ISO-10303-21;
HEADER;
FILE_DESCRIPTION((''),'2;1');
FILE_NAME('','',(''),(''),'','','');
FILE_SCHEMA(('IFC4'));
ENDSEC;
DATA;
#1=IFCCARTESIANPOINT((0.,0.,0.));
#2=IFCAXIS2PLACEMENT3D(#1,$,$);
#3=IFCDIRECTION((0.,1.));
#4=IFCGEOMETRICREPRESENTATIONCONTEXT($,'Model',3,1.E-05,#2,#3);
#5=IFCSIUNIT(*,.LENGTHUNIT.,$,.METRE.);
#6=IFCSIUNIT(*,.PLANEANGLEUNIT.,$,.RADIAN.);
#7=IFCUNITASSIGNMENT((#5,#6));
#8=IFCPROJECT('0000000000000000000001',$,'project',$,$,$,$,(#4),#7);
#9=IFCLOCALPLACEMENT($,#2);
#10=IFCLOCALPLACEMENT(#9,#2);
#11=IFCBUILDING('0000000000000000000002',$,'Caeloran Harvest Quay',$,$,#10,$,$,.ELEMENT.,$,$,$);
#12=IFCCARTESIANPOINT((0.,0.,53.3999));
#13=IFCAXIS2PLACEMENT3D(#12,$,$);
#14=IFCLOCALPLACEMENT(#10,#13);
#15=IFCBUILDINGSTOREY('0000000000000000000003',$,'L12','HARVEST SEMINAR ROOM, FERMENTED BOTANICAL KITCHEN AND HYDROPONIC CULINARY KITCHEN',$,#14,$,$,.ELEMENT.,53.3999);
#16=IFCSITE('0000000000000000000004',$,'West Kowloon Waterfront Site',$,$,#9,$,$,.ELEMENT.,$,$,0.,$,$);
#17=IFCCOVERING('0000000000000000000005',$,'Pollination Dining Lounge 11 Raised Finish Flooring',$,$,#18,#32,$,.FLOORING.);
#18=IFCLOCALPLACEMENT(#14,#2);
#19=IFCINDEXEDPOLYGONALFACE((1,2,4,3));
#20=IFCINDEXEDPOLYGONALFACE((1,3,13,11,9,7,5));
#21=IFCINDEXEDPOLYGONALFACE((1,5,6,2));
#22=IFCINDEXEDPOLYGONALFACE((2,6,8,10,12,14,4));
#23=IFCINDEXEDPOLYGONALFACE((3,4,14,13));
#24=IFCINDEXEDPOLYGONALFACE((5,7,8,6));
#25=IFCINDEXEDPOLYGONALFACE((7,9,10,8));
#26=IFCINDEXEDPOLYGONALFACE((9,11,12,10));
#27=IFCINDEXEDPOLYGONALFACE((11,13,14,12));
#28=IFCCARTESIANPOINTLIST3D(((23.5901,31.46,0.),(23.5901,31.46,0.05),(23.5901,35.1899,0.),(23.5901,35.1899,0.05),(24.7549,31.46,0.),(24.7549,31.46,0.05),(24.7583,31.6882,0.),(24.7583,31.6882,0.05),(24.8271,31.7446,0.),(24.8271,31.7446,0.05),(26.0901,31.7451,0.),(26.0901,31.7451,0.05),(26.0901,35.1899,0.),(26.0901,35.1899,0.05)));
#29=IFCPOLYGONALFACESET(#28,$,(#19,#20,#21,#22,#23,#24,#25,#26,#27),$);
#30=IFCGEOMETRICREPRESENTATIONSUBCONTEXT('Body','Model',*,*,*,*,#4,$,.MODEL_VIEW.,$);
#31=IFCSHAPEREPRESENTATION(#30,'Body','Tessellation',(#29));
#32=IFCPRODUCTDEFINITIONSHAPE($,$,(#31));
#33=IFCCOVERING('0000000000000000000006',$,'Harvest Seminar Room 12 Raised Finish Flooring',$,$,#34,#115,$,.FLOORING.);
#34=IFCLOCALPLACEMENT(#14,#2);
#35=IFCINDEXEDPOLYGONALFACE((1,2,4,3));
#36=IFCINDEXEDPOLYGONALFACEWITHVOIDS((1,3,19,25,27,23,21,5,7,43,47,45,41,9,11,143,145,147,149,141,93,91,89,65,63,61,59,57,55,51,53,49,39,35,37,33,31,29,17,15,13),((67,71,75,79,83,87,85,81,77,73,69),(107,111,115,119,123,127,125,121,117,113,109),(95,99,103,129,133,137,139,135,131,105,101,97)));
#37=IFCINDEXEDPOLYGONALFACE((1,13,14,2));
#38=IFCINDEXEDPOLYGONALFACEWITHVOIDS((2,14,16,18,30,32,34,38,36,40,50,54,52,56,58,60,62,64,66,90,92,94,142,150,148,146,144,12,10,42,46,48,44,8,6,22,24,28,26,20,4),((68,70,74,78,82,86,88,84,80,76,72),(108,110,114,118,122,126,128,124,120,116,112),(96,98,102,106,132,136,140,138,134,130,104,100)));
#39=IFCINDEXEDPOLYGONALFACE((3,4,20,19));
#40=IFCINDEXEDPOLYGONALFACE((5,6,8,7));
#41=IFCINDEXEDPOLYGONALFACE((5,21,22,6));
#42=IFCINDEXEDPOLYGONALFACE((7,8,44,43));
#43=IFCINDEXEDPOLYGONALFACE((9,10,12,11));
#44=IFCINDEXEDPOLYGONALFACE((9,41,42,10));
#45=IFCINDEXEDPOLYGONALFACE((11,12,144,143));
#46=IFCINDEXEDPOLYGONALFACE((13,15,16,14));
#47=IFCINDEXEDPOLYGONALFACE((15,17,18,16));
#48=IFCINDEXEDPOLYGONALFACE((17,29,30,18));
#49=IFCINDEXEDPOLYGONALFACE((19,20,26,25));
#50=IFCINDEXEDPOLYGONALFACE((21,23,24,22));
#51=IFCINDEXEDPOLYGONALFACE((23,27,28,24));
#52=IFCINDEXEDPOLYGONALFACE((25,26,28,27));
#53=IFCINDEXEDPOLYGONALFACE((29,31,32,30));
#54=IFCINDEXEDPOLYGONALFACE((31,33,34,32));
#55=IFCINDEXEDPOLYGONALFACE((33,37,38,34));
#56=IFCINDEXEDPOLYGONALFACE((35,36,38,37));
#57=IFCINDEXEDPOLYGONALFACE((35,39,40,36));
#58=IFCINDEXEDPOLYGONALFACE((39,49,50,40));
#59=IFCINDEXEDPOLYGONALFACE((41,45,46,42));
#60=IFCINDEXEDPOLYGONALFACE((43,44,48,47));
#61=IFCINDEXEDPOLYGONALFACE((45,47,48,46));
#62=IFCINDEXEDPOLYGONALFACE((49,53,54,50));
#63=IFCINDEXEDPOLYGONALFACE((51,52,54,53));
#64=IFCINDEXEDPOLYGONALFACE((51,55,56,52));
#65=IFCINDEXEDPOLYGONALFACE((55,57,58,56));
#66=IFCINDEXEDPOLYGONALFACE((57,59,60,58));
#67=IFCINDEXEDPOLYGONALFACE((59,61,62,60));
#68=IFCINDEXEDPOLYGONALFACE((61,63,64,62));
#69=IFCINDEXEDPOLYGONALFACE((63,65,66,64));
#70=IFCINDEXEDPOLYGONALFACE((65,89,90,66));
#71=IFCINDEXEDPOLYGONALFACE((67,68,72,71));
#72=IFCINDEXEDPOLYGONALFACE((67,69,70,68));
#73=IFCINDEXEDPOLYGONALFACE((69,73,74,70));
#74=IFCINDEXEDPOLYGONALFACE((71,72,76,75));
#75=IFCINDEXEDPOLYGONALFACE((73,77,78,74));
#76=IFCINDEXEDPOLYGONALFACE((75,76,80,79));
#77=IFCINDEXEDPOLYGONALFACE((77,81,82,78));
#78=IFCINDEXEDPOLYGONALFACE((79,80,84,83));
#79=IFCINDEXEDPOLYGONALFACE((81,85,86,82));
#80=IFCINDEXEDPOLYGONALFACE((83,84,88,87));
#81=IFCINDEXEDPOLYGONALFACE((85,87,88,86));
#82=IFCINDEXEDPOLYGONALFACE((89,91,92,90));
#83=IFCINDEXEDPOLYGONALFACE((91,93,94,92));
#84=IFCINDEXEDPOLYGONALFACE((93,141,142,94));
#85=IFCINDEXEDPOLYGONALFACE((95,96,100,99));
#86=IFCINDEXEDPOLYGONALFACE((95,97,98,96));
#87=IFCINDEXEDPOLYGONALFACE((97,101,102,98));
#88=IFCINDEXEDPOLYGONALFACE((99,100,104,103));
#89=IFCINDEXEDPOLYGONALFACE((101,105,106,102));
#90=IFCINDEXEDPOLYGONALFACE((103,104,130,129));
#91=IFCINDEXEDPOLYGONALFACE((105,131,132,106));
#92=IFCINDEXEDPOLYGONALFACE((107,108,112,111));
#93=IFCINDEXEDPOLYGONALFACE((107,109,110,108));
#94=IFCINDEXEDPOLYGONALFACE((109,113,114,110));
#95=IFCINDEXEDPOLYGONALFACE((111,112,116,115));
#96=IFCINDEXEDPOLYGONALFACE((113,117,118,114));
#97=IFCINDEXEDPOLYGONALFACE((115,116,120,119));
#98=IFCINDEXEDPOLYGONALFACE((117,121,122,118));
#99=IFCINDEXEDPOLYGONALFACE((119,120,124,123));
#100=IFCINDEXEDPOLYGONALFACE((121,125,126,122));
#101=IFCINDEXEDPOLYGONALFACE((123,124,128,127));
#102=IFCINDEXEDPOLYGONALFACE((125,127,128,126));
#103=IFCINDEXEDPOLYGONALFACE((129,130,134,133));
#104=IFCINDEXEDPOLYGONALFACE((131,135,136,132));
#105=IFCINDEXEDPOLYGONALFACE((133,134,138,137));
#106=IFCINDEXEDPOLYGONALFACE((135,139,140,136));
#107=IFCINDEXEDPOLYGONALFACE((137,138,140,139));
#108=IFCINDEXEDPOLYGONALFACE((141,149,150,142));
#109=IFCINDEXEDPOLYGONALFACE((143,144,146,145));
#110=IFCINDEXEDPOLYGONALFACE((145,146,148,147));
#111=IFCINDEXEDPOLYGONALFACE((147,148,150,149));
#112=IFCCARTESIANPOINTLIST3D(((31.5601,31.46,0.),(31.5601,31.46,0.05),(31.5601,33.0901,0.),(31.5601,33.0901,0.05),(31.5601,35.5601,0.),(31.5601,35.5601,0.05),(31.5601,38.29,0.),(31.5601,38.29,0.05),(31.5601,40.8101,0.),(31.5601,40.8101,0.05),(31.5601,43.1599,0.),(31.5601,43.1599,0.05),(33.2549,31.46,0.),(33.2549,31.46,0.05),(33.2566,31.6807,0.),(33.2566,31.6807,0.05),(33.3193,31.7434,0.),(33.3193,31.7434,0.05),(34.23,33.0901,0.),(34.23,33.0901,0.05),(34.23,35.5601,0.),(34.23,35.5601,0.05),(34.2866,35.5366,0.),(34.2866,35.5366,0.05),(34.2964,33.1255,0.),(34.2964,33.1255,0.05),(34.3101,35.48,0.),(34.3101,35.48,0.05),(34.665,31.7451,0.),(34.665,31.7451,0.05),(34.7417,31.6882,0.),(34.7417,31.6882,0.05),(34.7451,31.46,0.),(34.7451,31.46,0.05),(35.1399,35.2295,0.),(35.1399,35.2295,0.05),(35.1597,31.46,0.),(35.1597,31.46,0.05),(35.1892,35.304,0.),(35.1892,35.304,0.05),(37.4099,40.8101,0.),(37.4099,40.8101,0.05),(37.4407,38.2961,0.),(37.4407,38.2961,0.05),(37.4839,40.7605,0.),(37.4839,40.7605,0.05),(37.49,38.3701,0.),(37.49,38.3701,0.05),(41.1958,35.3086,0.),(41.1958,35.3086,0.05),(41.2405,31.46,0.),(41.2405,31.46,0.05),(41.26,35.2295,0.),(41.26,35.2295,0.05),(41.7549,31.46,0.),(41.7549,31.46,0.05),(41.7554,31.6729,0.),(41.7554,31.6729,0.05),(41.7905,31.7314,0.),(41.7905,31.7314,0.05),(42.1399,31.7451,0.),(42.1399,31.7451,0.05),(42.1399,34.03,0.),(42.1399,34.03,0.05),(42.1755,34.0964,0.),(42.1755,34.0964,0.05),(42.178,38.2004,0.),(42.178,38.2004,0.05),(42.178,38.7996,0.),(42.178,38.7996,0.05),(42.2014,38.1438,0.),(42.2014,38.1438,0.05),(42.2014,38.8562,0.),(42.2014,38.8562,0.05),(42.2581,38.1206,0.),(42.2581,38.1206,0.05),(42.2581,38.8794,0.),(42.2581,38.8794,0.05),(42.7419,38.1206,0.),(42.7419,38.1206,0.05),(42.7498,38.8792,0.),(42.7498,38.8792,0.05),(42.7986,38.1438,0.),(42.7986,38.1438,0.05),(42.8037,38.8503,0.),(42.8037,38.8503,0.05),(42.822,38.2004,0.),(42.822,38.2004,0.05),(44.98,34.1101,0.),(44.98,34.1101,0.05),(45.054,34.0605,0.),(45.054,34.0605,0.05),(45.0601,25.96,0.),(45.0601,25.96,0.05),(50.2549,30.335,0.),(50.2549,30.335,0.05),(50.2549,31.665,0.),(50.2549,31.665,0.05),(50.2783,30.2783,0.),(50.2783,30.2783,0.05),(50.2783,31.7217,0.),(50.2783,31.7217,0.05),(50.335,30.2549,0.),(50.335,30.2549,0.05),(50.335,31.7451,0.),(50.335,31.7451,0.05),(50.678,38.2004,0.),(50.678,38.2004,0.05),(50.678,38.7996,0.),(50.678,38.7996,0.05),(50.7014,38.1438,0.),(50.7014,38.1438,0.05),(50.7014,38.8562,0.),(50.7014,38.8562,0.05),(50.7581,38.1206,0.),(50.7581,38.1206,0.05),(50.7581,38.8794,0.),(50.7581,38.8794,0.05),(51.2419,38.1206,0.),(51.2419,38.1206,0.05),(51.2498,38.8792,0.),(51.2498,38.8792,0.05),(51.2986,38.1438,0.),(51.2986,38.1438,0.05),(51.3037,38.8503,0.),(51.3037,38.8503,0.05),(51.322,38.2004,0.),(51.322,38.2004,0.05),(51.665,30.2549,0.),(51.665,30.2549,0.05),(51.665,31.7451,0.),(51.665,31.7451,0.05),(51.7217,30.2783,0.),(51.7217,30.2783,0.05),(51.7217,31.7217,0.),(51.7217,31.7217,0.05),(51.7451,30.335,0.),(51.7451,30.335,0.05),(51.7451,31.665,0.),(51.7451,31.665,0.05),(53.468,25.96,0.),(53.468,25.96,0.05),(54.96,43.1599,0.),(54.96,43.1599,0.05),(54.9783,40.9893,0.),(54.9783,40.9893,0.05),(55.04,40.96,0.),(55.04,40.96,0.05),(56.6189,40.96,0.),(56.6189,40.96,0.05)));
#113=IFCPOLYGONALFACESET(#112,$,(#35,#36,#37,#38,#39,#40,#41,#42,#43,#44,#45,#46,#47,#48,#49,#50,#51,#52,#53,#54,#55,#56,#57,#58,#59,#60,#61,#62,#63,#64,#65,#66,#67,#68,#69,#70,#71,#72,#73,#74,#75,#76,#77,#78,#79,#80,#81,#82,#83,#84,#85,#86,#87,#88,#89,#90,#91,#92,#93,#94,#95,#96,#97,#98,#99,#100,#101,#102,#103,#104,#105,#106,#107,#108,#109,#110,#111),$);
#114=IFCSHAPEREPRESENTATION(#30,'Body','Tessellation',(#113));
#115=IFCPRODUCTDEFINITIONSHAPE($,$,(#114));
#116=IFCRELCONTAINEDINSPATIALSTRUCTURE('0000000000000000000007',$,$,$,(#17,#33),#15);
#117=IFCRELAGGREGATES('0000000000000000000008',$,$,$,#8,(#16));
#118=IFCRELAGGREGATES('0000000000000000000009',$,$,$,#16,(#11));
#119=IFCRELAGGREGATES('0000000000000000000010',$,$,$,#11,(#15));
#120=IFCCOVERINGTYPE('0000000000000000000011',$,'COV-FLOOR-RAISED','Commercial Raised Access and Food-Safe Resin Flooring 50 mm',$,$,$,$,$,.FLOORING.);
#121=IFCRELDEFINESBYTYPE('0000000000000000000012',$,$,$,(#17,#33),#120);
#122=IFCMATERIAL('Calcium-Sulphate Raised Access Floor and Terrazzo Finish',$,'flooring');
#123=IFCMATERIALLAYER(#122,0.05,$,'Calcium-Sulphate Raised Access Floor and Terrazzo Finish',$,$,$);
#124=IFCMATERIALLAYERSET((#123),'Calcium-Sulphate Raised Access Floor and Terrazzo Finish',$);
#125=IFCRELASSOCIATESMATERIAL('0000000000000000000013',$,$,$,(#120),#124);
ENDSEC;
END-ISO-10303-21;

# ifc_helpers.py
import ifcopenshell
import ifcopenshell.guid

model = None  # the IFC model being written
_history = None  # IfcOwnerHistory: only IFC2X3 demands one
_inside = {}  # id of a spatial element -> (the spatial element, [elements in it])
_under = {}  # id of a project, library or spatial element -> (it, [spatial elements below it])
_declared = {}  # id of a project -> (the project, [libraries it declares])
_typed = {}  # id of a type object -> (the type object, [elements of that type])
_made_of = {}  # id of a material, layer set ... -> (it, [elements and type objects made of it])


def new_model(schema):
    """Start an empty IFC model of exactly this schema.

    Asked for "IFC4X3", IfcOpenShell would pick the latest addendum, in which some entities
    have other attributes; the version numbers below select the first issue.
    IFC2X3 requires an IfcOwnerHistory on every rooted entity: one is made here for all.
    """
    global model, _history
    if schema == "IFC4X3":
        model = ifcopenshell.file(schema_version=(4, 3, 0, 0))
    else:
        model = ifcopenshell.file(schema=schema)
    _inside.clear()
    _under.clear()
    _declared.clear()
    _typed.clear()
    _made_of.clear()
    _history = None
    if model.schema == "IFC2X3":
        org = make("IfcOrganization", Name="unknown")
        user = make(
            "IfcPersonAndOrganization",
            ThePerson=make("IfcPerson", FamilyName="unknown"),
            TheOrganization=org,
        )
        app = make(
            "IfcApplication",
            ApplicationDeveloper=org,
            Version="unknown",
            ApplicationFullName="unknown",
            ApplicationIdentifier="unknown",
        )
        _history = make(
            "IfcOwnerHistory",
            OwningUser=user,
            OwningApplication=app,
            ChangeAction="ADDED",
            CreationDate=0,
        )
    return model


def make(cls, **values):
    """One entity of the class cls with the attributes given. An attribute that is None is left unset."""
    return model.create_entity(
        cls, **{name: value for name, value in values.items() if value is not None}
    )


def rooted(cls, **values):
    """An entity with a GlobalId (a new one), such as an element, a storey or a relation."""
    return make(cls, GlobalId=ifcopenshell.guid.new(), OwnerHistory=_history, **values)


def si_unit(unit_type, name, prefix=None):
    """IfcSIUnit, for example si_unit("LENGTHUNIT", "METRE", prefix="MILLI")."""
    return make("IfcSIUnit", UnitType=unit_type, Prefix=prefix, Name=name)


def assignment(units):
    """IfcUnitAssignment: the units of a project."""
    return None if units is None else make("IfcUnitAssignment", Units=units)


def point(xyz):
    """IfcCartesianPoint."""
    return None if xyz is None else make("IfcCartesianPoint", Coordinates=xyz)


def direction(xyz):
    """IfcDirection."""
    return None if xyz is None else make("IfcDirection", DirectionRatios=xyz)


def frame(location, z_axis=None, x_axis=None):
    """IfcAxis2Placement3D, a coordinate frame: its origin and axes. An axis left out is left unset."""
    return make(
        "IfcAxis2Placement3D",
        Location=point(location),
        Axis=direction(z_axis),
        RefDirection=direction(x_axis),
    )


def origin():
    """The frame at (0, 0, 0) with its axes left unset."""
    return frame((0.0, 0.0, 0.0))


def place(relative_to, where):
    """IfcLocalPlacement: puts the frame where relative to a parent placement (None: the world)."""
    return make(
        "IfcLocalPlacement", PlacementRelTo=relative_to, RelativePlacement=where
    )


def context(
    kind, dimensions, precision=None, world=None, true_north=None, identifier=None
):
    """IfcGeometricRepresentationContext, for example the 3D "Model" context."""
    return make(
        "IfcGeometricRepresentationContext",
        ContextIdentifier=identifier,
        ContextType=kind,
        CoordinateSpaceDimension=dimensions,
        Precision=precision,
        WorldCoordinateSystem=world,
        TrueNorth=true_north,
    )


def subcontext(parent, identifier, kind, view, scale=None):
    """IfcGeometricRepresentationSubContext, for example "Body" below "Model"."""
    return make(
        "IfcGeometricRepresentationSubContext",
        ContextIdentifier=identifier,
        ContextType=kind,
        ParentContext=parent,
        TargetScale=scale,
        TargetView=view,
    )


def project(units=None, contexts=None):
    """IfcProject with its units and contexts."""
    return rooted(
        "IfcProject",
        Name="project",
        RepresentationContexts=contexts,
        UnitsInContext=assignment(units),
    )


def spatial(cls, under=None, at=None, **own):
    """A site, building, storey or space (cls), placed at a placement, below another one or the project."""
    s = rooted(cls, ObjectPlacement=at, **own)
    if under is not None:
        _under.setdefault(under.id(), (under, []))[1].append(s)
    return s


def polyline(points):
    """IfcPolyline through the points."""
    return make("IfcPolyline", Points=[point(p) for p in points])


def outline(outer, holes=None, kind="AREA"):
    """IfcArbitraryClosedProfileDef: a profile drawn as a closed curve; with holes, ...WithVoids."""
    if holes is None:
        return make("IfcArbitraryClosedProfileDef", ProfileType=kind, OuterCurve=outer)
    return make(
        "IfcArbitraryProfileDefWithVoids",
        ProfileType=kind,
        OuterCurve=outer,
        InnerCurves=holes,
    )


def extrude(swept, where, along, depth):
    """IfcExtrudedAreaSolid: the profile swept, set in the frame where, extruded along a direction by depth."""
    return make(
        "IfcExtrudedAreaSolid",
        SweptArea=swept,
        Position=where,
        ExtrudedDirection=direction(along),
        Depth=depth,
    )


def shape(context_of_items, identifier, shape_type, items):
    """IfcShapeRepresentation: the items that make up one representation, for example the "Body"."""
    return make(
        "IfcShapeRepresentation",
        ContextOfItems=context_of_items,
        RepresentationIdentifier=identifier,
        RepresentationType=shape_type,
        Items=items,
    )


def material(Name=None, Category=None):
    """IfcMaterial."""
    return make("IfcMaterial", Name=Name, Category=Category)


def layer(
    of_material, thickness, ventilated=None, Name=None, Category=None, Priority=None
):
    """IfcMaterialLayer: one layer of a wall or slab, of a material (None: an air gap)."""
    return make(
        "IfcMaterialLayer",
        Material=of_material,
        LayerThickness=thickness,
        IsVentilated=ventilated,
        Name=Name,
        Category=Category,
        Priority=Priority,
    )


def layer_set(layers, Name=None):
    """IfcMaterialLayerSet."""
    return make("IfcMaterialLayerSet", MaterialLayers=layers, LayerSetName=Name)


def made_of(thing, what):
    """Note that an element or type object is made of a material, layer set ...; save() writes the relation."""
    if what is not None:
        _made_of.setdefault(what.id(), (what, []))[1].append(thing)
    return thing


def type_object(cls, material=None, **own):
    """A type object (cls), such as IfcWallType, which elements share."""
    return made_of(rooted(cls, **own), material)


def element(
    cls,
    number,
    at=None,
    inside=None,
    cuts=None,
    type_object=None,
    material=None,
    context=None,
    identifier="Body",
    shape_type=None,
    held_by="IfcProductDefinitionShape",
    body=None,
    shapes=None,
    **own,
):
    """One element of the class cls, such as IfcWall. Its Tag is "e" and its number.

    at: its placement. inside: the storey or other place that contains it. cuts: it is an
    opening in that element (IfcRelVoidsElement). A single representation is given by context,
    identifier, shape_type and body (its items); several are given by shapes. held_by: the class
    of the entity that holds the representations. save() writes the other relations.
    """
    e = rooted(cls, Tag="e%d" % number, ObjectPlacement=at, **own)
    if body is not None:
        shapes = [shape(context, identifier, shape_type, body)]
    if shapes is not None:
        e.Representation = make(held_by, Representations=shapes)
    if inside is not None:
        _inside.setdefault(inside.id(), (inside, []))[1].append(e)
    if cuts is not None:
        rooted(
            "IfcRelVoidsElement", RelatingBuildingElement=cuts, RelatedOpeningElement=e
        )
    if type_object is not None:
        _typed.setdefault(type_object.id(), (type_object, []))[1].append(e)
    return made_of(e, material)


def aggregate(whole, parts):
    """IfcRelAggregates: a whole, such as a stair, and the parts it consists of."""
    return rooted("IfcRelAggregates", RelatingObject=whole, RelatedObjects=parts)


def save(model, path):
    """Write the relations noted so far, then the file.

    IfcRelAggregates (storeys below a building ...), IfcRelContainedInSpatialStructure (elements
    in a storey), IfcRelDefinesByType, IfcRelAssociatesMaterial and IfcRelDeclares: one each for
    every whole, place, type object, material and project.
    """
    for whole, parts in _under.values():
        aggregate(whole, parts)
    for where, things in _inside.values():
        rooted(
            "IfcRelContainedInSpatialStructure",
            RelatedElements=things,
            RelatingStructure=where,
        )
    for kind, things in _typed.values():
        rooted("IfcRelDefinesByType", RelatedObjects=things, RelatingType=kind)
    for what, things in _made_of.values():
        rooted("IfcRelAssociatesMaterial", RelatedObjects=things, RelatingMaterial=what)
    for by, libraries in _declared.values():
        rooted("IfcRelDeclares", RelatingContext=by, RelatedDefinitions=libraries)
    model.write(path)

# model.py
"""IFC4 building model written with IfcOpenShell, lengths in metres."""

from ifc_helpers import new_model, si_unit, direction, frame, origin, place, context, subcontext, project, spatial, polyline, outline, extrude, material, layer, layer_set, type_object, element, save


model = new_model("IFC4")

# Units and contexts
model_context = context("Model", 3, precision=1e-05, world=origin(), true_north=direction((0.0, 1.0)))
body_context = subcontext(model_context, "Body", "Model", "MODEL_VIEW")
ifc_project = project(units=[si_unit("LENGTHUNIT", "METRE"), si_unit("PLANEANGLEUNIT", "RADIAN")], contexts=[model_context])

# Site, building, storey
site_placement = place(None, origin())
site = spatial("IfcSite", under=ifc_project, at=site_placement, Name="West Kowloon Waterfront Site", CompositionType="ELEMENT", RefElevation=0.0)
building_placement = place(site_placement, origin())
building = spatial("IfcBuilding", under=site, at=building_placement, Name="Caeloran Harvest Quay", CompositionType="ELEMENT")
storey_placement = place(building_placement, frame((0.0, 0.0, 53.3999)))
storey = spatial("IfcBuildingStorey", under=building, at=storey_placement, Name="L12", Description="HARVEST SEMINAR ROOM, FERMENTED BOTANICAL KITCHEN AND HYDROPONIC CULINARY KITCHEN", CompositionType="ELEMENT", Elevation=53.3999)

# Coverings
ifc_material_1 = material(Name="Calcium-Sulphate Raised Access Floor and Terrazzo Finish", Category="flooring")
ifc_layer_1 = layer(ifc_material_1, 0.05, Name="Calcium-Sulphate Raised Access Floor and Terrazzo Finish")
ifc_layer_set_1 = layer_set([ifc_layer_1], Name="Calcium-Sulphate Raised Access Floor and Terrazzo Finish")
covering_type_1 = type_object("IfcCoveringType", Name="COV-FLOOR-RAISED", Description="Commercial Raised Access and Food-Safe Resin Flooring 50 mm", PredefinedType="FLOORING", material=ifc_layer_set_1)
covering_1_placement = place(storey_placement, origin())
element("IfcCovering", 1, at=covering_1_placement, inside=storey, type_object=covering_type_1, Name="Pollination Dining Lounge 11 Raised Finish Flooring", PredefinedType="FLOORING", context=body_context, shape_type="SweptSolid", body=[
    extrude(outline(polyline([(23.5901, 35.1899), (26.0901, 35.1899), (26.0901, 31.7451), (24.8271, 31.7446), (24.7583, 31.6882), (24.7549, 31.46), (23.5901, 31.46), (23.5901, 35.1899)])), origin(), (0.0, 0.0, 1.0), 0.05),
])
covering_2_placement = place(storey_placement, origin())
element("IfcCovering", 2, at=covering_2_placement, inside=storey, type_object=covering_type_1, Name="Harvest Seminar Room 12 Raised Finish Flooring", PredefinedType="FLOORING", context=body_context, shape_type="SweptSolid", body=[
    extrude(outline(polyline([(34.3101, 35.48), (34.2866, 35.5366), (34.23, 35.5601), (31.5601, 35.5601), (31.5601, 38.29), (37.4407, 38.2961), (37.49, 38.3701), (37.4839, 40.7605), (37.4099, 40.8101), (31.5601, 40.8101), (31.5601, 43.1599), (54.96, 43.1599), (54.9783, 40.9893), (55.04, 40.96), (56.6189, 40.96), (53.468, 25.96), (45.0601, 25.96), (45.054, 34.0605), (44.98, 34.1101), (42.1755, 34.0964), (42.1399, 34.03), (42.1399, 31.7451), (41.7905, 31.7314), (41.7554, 31.6729), (41.7549, 31.46), (41.2405, 31.46), (41.26, 35.2295), (41.1958, 35.3086), (35.1892, 35.304), (35.1399, 35.2295), (35.1597, 31.46), (34.7451, 31.46), (34.7417, 31.6882), (34.665, 31.7451), (33.3193, 31.7434), (33.2566, 31.6807), (33.2549, 31.46), (31.5601, 31.46), (31.5601, 33.0901), (34.23, 33.0901), (34.2964, 33.1255), (34.3101, 35.48)]), holes=[polyline([(51.7451, 31.665), (51.7217, 31.7217), (51.665, 31.7451), (50.335, 31.7451), (50.2783, 31.7217), (50.2549, 31.665), (50.2549, 30.335), (50.2783, 30.2783), (50.335, 30.2549), (51.665, 30.2549), (51.7217, 30.2783), (51.7451, 30.335), (51.7451, 31.665)]), polyline([(51.322, 38.2004), (51.3037, 38.8503), (51.2498, 38.8792), (50.7581, 38.8794), (50.7014, 38.8562), (50.678, 38.7996), (50.678, 38.2004), (50.7014, 38.1438), (50.7581, 38.1206), (51.2419, 38.1206), (51.2986, 38.1438), (51.322, 38.2004)]), polyline([(42.822, 38.2004), (42.8037, 38.8503), (42.7498, 38.8792), (42.2581, 38.8794), (42.2014, 38.8562), (42.178, 38.7996), (42.178, 38.2004), (42.2014, 38.1438), (42.2581, 38.1206), (42.7419, 38.1206), (42.7986, 38.1438), (42.822, 38.2004)])]), origin(), (0.0, 0.0, 1.0), 0.05),
])

save(model, "model.ifc")
